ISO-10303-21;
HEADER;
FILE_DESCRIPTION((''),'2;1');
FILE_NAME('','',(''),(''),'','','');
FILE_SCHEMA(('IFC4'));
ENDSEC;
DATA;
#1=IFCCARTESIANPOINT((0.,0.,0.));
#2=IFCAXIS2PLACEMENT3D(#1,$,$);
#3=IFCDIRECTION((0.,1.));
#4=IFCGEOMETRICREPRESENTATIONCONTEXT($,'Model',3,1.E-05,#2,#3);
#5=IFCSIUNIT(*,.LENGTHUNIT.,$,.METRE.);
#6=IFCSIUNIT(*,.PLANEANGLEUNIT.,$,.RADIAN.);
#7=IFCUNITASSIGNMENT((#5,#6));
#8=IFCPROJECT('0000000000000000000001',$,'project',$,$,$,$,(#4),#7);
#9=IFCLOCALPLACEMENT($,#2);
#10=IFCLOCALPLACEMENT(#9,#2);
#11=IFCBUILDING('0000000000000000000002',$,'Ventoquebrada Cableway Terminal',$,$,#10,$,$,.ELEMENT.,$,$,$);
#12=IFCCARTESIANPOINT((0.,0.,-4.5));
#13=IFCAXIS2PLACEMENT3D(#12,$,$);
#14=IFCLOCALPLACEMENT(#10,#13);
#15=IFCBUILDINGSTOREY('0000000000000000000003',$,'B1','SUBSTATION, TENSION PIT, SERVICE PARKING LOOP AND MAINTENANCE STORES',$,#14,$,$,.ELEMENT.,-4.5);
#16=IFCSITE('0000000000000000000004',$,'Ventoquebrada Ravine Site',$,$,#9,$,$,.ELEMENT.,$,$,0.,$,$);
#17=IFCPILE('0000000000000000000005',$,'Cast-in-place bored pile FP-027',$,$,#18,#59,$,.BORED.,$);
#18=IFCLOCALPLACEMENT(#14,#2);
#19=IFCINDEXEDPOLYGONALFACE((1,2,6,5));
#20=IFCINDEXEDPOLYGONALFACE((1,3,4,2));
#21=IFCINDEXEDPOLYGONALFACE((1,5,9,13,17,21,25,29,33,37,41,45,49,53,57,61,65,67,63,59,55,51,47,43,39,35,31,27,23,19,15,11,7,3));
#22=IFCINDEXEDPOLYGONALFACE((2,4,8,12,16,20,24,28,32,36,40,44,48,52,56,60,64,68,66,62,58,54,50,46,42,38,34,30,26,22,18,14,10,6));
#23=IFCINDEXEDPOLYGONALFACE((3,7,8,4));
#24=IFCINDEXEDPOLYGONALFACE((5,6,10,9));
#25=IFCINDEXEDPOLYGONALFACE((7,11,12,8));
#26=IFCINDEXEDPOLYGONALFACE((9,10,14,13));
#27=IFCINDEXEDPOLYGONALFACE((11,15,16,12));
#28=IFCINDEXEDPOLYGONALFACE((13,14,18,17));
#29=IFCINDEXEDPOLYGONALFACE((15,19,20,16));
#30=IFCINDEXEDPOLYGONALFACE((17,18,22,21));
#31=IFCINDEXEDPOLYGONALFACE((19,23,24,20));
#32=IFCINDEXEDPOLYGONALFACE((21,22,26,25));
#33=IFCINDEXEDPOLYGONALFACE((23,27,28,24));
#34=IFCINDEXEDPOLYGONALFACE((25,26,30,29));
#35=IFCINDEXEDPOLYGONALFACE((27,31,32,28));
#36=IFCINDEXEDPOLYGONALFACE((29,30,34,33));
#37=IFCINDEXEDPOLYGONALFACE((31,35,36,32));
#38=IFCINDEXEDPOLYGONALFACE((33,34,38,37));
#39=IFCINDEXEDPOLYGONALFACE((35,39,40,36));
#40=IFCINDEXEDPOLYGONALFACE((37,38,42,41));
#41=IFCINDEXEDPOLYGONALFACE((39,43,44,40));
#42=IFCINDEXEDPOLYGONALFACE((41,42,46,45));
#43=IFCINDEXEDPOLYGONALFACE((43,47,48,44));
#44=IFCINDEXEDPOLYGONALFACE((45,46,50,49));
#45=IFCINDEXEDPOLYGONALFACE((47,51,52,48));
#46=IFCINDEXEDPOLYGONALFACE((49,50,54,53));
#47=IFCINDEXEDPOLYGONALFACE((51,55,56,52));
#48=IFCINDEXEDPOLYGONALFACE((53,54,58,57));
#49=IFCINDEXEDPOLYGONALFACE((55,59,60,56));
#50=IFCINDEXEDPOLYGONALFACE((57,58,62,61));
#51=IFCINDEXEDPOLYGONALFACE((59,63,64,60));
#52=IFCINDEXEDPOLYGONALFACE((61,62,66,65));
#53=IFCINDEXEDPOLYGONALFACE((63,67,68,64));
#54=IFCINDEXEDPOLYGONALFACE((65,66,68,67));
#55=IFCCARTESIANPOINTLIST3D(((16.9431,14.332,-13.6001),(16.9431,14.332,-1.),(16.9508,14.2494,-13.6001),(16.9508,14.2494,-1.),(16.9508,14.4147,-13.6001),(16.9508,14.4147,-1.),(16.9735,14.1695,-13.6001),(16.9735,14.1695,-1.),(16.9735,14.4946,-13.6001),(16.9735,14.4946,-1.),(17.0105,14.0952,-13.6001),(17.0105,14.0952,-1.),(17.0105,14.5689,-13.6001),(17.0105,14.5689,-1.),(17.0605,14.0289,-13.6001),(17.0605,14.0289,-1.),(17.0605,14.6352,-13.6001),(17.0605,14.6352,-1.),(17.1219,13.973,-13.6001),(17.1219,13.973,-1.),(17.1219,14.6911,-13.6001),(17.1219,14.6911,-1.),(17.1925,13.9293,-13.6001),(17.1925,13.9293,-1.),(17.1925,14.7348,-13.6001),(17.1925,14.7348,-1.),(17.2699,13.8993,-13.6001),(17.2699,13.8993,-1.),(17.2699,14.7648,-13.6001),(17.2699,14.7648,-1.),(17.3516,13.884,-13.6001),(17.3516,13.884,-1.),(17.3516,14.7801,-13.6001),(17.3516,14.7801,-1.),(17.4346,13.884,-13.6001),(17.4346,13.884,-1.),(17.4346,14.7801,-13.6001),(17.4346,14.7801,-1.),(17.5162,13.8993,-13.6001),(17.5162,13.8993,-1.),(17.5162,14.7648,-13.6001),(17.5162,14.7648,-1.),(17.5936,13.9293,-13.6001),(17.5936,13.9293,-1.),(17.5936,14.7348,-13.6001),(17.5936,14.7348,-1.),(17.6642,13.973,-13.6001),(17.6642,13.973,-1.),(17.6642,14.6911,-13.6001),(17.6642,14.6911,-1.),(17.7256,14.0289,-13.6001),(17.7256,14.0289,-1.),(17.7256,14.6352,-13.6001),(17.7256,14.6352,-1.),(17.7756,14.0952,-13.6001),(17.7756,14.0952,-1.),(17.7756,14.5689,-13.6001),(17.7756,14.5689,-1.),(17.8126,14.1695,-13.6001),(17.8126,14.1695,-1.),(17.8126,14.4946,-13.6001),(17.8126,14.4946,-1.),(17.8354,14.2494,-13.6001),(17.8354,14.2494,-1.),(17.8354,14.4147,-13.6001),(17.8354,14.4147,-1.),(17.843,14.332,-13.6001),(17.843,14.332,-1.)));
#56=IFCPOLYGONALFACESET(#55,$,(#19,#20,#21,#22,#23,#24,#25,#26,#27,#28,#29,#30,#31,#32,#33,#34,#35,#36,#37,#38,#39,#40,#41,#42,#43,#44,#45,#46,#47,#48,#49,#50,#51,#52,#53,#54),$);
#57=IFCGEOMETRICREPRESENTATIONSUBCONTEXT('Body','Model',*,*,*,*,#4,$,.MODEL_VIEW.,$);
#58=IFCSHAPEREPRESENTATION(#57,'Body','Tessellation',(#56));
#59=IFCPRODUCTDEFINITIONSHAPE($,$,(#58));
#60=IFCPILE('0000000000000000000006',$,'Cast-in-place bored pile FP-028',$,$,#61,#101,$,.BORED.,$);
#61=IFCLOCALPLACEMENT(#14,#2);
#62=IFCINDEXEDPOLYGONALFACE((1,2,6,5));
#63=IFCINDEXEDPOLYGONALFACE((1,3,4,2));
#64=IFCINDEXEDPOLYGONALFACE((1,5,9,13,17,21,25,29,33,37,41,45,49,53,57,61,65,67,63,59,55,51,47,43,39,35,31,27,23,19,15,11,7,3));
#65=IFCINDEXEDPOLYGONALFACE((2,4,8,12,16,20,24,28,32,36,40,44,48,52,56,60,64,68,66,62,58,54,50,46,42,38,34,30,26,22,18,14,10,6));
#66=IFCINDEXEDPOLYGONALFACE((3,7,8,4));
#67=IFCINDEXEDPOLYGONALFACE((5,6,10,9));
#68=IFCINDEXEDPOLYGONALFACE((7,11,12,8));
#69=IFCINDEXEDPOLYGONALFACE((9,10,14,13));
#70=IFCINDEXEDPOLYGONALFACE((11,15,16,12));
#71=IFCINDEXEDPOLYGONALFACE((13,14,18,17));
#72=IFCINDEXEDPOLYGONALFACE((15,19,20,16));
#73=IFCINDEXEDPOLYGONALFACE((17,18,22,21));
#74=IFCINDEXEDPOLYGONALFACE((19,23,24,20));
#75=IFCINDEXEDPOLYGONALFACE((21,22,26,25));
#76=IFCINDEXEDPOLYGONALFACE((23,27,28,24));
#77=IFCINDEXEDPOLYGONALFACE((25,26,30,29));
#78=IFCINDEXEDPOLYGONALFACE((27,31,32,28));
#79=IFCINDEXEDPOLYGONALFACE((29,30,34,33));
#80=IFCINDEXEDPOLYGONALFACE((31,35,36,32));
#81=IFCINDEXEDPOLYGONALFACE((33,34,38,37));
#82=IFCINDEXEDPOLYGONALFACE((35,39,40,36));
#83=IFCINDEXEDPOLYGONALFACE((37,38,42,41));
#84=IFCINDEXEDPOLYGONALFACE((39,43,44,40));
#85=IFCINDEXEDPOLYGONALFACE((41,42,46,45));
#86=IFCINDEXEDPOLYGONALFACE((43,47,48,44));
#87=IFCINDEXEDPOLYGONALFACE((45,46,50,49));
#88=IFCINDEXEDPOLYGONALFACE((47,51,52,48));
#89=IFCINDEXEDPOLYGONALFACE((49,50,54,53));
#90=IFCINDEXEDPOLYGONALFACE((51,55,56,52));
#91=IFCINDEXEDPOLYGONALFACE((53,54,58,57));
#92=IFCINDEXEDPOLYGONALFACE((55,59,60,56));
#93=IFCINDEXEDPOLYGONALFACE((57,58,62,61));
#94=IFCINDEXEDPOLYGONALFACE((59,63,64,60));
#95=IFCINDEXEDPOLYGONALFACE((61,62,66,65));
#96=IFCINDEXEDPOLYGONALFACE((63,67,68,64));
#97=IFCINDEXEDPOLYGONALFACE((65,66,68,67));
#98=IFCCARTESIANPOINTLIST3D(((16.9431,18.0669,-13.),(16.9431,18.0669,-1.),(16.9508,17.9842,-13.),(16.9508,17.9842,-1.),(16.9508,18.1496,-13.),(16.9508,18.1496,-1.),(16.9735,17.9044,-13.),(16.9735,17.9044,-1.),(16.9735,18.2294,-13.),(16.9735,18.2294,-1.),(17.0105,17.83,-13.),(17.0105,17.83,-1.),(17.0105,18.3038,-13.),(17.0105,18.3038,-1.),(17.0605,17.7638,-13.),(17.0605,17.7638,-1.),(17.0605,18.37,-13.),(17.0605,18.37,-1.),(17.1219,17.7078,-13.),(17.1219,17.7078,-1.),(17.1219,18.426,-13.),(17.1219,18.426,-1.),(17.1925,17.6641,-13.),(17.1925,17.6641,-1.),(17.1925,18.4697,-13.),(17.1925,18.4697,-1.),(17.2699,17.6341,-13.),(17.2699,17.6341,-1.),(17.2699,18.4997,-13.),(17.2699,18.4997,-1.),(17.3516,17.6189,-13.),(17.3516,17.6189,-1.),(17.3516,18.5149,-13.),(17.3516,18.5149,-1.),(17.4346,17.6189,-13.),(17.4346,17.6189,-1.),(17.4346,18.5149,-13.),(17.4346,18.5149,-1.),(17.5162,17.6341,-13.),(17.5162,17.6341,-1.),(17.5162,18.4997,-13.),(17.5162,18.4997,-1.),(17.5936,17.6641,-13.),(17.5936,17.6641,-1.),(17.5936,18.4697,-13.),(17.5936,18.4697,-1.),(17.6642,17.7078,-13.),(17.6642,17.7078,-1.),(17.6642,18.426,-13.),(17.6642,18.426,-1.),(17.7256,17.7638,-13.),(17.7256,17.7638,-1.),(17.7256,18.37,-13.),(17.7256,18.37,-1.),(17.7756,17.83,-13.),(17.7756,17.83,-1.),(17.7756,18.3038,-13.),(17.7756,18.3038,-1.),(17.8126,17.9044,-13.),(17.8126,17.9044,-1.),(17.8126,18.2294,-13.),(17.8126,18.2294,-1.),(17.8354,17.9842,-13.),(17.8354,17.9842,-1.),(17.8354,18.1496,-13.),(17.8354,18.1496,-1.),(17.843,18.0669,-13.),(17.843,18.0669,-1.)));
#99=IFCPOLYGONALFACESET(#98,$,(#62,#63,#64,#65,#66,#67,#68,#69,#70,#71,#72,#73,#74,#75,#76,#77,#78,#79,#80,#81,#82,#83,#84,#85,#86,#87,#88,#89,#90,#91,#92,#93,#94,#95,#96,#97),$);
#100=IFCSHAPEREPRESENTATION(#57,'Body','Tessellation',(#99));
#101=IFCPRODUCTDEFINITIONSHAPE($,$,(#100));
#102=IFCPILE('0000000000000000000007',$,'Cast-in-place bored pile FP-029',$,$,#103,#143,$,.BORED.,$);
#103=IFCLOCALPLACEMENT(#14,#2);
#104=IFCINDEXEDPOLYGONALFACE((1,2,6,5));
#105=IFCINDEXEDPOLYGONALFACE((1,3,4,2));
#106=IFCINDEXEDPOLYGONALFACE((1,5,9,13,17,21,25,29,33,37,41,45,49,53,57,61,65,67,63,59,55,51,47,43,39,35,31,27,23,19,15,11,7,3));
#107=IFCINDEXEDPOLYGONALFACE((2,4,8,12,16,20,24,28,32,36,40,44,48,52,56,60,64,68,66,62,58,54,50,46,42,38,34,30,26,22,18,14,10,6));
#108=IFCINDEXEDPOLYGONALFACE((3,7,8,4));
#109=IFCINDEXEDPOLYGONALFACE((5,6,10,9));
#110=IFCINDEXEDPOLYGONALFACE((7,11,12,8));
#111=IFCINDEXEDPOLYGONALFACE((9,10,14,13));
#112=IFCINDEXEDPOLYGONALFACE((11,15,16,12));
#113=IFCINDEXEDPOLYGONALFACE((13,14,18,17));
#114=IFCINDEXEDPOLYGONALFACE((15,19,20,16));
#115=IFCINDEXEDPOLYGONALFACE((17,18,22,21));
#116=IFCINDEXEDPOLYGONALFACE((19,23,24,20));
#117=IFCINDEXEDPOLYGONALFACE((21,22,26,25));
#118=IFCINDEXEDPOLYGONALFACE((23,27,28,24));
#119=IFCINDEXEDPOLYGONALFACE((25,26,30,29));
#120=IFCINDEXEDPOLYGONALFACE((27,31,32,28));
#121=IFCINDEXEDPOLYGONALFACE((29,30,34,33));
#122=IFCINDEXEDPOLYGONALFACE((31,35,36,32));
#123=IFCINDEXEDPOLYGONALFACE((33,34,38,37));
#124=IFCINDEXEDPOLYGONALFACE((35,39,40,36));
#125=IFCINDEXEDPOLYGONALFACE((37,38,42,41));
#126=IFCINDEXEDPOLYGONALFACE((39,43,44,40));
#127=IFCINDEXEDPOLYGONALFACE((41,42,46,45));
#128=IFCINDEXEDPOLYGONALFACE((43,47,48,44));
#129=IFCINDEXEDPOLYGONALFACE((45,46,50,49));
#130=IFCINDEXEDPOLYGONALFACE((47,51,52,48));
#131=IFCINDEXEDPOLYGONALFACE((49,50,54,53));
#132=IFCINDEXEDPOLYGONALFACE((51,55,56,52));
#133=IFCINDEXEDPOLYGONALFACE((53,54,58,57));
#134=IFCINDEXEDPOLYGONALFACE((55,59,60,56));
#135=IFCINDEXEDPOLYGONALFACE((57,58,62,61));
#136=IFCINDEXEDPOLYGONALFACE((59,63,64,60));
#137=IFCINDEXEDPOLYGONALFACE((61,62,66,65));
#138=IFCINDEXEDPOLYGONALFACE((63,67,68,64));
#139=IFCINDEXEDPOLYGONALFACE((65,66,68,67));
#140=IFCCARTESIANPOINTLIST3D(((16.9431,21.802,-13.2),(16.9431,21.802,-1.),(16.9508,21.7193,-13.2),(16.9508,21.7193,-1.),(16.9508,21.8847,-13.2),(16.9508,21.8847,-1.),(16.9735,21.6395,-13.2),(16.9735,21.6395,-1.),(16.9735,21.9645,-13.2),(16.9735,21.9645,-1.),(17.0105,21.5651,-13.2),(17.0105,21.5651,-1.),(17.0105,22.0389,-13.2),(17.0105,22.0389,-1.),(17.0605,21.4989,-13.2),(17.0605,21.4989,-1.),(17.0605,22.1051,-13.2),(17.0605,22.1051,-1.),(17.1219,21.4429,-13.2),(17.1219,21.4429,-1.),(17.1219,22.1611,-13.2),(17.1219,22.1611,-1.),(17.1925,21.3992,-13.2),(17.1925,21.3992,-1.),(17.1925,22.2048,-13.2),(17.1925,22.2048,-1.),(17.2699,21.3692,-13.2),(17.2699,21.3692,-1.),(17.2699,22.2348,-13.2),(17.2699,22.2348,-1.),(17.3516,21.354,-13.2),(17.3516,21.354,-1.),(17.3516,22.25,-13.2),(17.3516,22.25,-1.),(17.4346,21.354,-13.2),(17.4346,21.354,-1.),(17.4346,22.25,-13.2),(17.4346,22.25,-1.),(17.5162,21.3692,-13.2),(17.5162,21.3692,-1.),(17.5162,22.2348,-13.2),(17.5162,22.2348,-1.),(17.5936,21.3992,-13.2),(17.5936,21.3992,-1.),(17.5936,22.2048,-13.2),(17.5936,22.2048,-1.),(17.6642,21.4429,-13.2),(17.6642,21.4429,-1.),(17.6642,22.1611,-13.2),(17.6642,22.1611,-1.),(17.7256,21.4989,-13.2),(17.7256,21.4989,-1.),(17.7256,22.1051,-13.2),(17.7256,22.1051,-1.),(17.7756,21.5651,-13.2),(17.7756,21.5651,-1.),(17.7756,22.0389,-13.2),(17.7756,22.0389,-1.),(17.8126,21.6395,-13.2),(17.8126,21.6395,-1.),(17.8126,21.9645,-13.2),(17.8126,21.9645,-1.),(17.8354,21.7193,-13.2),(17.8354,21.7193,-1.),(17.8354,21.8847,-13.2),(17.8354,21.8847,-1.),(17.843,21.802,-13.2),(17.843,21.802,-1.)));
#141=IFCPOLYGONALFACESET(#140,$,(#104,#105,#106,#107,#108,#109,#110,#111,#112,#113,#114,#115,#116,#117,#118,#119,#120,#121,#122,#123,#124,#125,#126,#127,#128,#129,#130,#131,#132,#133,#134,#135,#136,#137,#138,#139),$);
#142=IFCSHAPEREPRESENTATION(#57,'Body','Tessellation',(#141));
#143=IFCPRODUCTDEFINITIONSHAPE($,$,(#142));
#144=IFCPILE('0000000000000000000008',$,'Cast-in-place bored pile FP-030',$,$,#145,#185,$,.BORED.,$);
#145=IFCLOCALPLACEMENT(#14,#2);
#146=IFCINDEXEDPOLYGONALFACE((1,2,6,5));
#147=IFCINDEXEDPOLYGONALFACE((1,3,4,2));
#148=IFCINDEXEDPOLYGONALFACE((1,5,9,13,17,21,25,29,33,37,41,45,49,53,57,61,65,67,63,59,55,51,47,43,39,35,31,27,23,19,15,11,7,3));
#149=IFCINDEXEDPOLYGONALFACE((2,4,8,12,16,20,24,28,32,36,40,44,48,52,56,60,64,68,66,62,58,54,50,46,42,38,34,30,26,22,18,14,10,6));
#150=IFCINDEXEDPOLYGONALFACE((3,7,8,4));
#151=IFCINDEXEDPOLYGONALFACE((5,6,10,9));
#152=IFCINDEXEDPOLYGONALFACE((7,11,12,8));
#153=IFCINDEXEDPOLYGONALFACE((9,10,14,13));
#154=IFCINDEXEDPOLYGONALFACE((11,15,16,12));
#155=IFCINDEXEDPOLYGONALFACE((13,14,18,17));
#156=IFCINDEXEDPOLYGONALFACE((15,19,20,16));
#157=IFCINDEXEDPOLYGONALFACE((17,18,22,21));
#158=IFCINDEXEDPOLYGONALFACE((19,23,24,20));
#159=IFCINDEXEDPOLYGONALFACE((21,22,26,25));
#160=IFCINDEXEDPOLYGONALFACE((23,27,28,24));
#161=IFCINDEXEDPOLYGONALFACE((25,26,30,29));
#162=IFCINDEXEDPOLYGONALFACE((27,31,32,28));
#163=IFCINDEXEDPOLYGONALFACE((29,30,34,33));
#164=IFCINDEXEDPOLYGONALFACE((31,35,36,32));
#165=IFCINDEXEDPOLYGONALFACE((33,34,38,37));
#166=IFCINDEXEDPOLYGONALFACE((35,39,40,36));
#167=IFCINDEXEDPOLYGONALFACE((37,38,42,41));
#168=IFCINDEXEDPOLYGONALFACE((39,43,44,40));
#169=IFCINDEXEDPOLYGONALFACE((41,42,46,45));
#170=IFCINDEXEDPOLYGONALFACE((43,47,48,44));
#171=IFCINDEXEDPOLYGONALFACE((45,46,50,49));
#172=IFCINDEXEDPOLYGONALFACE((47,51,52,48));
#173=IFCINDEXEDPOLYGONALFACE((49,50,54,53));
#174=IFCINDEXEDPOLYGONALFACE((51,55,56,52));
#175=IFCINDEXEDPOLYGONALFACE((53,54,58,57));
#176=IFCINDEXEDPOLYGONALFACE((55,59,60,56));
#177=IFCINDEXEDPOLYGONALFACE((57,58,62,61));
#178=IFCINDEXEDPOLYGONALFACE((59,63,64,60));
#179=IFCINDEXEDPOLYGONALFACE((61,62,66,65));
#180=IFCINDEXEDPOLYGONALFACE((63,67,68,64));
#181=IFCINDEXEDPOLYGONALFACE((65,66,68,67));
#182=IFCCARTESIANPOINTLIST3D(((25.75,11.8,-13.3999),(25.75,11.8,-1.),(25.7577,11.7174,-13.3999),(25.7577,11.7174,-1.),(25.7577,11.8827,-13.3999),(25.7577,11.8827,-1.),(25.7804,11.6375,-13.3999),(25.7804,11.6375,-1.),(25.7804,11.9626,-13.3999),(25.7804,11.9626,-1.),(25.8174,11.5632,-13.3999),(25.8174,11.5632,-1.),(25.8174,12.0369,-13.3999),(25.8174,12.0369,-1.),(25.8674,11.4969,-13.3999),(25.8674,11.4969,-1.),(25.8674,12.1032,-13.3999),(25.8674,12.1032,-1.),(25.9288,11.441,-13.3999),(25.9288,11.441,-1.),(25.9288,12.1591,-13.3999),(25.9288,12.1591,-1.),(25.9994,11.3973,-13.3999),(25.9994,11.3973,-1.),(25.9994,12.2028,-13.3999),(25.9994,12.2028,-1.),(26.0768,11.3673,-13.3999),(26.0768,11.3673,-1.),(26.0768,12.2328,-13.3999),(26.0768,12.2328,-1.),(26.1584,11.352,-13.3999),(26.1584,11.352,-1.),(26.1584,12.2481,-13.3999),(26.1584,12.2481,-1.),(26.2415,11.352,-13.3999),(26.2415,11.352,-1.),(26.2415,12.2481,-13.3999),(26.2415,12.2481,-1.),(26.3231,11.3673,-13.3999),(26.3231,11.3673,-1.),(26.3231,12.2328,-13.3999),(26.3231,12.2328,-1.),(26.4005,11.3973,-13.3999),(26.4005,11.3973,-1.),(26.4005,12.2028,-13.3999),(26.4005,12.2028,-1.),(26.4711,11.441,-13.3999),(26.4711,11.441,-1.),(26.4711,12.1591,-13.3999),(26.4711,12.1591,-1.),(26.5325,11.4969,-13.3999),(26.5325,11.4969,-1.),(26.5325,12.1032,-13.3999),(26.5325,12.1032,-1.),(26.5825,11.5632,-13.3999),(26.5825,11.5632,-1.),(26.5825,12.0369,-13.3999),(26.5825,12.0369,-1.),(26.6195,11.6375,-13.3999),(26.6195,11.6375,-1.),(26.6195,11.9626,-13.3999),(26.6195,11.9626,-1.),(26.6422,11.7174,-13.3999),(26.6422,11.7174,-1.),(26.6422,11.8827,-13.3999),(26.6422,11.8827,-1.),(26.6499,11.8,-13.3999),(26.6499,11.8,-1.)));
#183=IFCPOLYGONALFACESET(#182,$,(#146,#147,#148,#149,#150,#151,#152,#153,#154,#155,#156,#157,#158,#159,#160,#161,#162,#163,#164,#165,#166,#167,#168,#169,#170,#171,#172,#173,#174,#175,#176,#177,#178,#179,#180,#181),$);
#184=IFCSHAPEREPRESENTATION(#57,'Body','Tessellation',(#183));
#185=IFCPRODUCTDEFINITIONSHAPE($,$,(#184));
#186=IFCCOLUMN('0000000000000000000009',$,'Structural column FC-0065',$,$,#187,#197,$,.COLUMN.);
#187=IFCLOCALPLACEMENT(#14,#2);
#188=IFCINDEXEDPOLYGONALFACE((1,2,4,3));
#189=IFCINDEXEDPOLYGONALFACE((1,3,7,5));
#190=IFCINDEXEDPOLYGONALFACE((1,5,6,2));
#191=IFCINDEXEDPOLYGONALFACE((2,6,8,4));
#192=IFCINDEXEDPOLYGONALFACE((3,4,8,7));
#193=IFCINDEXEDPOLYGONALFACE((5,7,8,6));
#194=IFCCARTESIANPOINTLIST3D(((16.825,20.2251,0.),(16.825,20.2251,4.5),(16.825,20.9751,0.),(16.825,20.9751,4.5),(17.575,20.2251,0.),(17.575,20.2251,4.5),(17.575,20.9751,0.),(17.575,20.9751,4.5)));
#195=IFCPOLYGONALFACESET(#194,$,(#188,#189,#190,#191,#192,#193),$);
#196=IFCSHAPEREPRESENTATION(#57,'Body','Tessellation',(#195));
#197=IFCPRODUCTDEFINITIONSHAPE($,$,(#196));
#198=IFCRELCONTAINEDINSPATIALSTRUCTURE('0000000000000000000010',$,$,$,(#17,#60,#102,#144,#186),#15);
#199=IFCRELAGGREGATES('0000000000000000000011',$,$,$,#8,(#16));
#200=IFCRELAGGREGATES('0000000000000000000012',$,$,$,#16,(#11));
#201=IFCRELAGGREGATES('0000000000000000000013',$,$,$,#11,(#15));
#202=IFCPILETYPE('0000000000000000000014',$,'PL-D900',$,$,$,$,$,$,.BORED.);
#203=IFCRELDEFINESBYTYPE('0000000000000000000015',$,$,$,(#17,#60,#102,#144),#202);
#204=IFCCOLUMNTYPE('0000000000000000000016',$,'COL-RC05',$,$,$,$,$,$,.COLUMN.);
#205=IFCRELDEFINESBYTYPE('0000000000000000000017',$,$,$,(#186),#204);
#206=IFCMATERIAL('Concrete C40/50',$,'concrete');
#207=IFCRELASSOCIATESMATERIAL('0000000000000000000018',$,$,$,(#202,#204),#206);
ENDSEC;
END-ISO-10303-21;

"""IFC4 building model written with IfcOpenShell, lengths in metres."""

from ifc_helpers import new_model, si_unit, direction, frame, origin, origin_2d, place, context, subcontext, project, spatial, rectangle, circle, extrude, material, material_profile, profile_set, type_object, element, save


model = new_model("IFC4")

# Units and contexts
model_context = context("Model", 3, precision=1e-05, world=origin(), true_north=direction((0.0, 1.0)))
body_context = subcontext(model_context, "Body", "Model", "MODEL_VIEW")
ifc_project = project(units=[si_unit("LENGTHUNIT", "METRE"), si_unit("PLANEANGLEUNIT", "RADIAN")], contexts=[model_context])

# Site, building, storey
site_placement = place(None, origin())
site = spatial("IfcSite", under=ifc_project, at=site_placement, Name="Ventoquebrada Ravine Site", CompositionType="ELEMENT", RefElevation=0.0)
building_placement = place(site_placement, origin())
building = spatial("IfcBuilding", under=site, at=building_placement, Name="Ventoquebrada Cableway Terminal", CompositionType="ELEMENT")
storey_placement = place(building_placement, frame((0.0, 0.0, -4.5)))
storey = spatial("IfcBuildingStorey", under=building, at=storey_placement, Name="B1", Description="SUBSTATION, TENSION PIT, SERVICE PARKING LOOP AND MAINTENANCE STORES", CompositionType="ELEMENT", Elevation=-4.5)

# Shared definitions
ifc_material_1 = material(Name="Concrete C40/50", Category="concrete")

# Piles
ifc_material_profile_1 = material_profile(ifc_material_1, circle(Radius=0.45, at=origin_2d()), Name="PILE-D900")
ifc_profile_set_1 = profile_set([ifc_material_profile_1], Name="Concrete C40/50")
pile_type = type_object("IfcPileType", Name="PL-D900", PredefinedType="BORED", material=ifc_profile_set_1)
pile_1_placement = place(storey_placement, frame((17.3931, 14.332, -1.0), z_axis=(0.0, 0.0, -1.0), x_axis=(1.0, 0.0, 0.0)))
element("IfcPile", 1, at=pile_1_placement, inside=storey, type_object=pile_type, Name="Cast-in-place bored pile FP-027", PredefinedType="BORED", context=body_context, shape_type="SweptSolid", body=[
    extrude(circle(Radius=0.45, at=origin_2d()), origin(), (0.0, 0.0, 1.0), 12.6001),
])
pile_2_placement = place(storey_placement, frame((17.3931, 18.0669, -1.0), z_axis=(0.0, 0.0, -1.0), x_axis=(1.0, 0.0, 0.0)))
element("IfcPile", 2, at=pile_2_placement, inside=storey, type_object=pile_type, Name="Cast-in-place bored pile FP-028", PredefinedType="BORED", context=body_context, shape_type="SweptSolid", body=[
    extrude(circle(Radius=0.45, at=origin_2d()), origin(), (0.0, 0.0, 1.0), 12.0),
])
pile_3_placement = place(storey_placement, frame((17.3931, 21.802, -1.0), z_axis=(0.0, 0.0, -1.0), x_axis=(1.0, 0.0, 0.0)))
element("IfcPile", 3, at=pile_3_placement, inside=storey, type_object=pile_type, Name="Cast-in-place bored pile FP-029", PredefinedType="BORED", context=body_context, shape_type="SweptSolid", body=[
    extrude(circle(Radius=0.45, at=origin_2d()), origin(), (0.0, 0.0, 1.0), 12.2),
])
pile_4_placement = place(storey_placement, frame((26.2, 11.8, -1.0), z_axis=(0.0, 0.0, -1.0), x_axis=(1.0, 0.0, 0.0)))
element("IfcPile", 4, at=pile_4_placement, inside=storey, type_object=pile_type, Name="Cast-in-place bored pile FP-030", PredefinedType="BORED", context=body_context, shape_type="SweptSolid", body=[
    extrude(circle(Radius=0.45, at=origin_2d()), origin(), (0.0, 0.0, 1.0), 12.3999),
])

# Column
ifc_material_profile_2 = material_profile(ifc_material_1, rectangle(XDim=0.75, YDim=0.75, at=origin_2d()), Name="RC-COL-750X750")
ifc_profile_set_2 = profile_set([ifc_material_profile_2], Name="Concrete C40/50")
column_type = type_object("IfcColumnType", Name="COL-RC05", PredefinedType="COLUMN", material=ifc_profile_set_2)
for number, where, z_axis, x_axis, name in (
    (5, (17.2, 20.6001, 0.0), (0.0, 0.0, 1.0), (1.0, 0.0, 0.0), "Structural column FC-0065"),
):
    element("IfcColumn", number, at=place(storey_placement, frame(where, z_axis=z_axis, x_axis=x_axis)), inside=storey, type_object=column_type, Name=name, PredefinedType="COLUMN", context=body_context, shape_type="SweptSolid", body=[
        extrude(rectangle(XDim=0.75, YDim=0.75, at=origin_2d()), origin(), (0.0, 0.0, 1.0), 4.5),
    ])

save(model, "model.ifc")
